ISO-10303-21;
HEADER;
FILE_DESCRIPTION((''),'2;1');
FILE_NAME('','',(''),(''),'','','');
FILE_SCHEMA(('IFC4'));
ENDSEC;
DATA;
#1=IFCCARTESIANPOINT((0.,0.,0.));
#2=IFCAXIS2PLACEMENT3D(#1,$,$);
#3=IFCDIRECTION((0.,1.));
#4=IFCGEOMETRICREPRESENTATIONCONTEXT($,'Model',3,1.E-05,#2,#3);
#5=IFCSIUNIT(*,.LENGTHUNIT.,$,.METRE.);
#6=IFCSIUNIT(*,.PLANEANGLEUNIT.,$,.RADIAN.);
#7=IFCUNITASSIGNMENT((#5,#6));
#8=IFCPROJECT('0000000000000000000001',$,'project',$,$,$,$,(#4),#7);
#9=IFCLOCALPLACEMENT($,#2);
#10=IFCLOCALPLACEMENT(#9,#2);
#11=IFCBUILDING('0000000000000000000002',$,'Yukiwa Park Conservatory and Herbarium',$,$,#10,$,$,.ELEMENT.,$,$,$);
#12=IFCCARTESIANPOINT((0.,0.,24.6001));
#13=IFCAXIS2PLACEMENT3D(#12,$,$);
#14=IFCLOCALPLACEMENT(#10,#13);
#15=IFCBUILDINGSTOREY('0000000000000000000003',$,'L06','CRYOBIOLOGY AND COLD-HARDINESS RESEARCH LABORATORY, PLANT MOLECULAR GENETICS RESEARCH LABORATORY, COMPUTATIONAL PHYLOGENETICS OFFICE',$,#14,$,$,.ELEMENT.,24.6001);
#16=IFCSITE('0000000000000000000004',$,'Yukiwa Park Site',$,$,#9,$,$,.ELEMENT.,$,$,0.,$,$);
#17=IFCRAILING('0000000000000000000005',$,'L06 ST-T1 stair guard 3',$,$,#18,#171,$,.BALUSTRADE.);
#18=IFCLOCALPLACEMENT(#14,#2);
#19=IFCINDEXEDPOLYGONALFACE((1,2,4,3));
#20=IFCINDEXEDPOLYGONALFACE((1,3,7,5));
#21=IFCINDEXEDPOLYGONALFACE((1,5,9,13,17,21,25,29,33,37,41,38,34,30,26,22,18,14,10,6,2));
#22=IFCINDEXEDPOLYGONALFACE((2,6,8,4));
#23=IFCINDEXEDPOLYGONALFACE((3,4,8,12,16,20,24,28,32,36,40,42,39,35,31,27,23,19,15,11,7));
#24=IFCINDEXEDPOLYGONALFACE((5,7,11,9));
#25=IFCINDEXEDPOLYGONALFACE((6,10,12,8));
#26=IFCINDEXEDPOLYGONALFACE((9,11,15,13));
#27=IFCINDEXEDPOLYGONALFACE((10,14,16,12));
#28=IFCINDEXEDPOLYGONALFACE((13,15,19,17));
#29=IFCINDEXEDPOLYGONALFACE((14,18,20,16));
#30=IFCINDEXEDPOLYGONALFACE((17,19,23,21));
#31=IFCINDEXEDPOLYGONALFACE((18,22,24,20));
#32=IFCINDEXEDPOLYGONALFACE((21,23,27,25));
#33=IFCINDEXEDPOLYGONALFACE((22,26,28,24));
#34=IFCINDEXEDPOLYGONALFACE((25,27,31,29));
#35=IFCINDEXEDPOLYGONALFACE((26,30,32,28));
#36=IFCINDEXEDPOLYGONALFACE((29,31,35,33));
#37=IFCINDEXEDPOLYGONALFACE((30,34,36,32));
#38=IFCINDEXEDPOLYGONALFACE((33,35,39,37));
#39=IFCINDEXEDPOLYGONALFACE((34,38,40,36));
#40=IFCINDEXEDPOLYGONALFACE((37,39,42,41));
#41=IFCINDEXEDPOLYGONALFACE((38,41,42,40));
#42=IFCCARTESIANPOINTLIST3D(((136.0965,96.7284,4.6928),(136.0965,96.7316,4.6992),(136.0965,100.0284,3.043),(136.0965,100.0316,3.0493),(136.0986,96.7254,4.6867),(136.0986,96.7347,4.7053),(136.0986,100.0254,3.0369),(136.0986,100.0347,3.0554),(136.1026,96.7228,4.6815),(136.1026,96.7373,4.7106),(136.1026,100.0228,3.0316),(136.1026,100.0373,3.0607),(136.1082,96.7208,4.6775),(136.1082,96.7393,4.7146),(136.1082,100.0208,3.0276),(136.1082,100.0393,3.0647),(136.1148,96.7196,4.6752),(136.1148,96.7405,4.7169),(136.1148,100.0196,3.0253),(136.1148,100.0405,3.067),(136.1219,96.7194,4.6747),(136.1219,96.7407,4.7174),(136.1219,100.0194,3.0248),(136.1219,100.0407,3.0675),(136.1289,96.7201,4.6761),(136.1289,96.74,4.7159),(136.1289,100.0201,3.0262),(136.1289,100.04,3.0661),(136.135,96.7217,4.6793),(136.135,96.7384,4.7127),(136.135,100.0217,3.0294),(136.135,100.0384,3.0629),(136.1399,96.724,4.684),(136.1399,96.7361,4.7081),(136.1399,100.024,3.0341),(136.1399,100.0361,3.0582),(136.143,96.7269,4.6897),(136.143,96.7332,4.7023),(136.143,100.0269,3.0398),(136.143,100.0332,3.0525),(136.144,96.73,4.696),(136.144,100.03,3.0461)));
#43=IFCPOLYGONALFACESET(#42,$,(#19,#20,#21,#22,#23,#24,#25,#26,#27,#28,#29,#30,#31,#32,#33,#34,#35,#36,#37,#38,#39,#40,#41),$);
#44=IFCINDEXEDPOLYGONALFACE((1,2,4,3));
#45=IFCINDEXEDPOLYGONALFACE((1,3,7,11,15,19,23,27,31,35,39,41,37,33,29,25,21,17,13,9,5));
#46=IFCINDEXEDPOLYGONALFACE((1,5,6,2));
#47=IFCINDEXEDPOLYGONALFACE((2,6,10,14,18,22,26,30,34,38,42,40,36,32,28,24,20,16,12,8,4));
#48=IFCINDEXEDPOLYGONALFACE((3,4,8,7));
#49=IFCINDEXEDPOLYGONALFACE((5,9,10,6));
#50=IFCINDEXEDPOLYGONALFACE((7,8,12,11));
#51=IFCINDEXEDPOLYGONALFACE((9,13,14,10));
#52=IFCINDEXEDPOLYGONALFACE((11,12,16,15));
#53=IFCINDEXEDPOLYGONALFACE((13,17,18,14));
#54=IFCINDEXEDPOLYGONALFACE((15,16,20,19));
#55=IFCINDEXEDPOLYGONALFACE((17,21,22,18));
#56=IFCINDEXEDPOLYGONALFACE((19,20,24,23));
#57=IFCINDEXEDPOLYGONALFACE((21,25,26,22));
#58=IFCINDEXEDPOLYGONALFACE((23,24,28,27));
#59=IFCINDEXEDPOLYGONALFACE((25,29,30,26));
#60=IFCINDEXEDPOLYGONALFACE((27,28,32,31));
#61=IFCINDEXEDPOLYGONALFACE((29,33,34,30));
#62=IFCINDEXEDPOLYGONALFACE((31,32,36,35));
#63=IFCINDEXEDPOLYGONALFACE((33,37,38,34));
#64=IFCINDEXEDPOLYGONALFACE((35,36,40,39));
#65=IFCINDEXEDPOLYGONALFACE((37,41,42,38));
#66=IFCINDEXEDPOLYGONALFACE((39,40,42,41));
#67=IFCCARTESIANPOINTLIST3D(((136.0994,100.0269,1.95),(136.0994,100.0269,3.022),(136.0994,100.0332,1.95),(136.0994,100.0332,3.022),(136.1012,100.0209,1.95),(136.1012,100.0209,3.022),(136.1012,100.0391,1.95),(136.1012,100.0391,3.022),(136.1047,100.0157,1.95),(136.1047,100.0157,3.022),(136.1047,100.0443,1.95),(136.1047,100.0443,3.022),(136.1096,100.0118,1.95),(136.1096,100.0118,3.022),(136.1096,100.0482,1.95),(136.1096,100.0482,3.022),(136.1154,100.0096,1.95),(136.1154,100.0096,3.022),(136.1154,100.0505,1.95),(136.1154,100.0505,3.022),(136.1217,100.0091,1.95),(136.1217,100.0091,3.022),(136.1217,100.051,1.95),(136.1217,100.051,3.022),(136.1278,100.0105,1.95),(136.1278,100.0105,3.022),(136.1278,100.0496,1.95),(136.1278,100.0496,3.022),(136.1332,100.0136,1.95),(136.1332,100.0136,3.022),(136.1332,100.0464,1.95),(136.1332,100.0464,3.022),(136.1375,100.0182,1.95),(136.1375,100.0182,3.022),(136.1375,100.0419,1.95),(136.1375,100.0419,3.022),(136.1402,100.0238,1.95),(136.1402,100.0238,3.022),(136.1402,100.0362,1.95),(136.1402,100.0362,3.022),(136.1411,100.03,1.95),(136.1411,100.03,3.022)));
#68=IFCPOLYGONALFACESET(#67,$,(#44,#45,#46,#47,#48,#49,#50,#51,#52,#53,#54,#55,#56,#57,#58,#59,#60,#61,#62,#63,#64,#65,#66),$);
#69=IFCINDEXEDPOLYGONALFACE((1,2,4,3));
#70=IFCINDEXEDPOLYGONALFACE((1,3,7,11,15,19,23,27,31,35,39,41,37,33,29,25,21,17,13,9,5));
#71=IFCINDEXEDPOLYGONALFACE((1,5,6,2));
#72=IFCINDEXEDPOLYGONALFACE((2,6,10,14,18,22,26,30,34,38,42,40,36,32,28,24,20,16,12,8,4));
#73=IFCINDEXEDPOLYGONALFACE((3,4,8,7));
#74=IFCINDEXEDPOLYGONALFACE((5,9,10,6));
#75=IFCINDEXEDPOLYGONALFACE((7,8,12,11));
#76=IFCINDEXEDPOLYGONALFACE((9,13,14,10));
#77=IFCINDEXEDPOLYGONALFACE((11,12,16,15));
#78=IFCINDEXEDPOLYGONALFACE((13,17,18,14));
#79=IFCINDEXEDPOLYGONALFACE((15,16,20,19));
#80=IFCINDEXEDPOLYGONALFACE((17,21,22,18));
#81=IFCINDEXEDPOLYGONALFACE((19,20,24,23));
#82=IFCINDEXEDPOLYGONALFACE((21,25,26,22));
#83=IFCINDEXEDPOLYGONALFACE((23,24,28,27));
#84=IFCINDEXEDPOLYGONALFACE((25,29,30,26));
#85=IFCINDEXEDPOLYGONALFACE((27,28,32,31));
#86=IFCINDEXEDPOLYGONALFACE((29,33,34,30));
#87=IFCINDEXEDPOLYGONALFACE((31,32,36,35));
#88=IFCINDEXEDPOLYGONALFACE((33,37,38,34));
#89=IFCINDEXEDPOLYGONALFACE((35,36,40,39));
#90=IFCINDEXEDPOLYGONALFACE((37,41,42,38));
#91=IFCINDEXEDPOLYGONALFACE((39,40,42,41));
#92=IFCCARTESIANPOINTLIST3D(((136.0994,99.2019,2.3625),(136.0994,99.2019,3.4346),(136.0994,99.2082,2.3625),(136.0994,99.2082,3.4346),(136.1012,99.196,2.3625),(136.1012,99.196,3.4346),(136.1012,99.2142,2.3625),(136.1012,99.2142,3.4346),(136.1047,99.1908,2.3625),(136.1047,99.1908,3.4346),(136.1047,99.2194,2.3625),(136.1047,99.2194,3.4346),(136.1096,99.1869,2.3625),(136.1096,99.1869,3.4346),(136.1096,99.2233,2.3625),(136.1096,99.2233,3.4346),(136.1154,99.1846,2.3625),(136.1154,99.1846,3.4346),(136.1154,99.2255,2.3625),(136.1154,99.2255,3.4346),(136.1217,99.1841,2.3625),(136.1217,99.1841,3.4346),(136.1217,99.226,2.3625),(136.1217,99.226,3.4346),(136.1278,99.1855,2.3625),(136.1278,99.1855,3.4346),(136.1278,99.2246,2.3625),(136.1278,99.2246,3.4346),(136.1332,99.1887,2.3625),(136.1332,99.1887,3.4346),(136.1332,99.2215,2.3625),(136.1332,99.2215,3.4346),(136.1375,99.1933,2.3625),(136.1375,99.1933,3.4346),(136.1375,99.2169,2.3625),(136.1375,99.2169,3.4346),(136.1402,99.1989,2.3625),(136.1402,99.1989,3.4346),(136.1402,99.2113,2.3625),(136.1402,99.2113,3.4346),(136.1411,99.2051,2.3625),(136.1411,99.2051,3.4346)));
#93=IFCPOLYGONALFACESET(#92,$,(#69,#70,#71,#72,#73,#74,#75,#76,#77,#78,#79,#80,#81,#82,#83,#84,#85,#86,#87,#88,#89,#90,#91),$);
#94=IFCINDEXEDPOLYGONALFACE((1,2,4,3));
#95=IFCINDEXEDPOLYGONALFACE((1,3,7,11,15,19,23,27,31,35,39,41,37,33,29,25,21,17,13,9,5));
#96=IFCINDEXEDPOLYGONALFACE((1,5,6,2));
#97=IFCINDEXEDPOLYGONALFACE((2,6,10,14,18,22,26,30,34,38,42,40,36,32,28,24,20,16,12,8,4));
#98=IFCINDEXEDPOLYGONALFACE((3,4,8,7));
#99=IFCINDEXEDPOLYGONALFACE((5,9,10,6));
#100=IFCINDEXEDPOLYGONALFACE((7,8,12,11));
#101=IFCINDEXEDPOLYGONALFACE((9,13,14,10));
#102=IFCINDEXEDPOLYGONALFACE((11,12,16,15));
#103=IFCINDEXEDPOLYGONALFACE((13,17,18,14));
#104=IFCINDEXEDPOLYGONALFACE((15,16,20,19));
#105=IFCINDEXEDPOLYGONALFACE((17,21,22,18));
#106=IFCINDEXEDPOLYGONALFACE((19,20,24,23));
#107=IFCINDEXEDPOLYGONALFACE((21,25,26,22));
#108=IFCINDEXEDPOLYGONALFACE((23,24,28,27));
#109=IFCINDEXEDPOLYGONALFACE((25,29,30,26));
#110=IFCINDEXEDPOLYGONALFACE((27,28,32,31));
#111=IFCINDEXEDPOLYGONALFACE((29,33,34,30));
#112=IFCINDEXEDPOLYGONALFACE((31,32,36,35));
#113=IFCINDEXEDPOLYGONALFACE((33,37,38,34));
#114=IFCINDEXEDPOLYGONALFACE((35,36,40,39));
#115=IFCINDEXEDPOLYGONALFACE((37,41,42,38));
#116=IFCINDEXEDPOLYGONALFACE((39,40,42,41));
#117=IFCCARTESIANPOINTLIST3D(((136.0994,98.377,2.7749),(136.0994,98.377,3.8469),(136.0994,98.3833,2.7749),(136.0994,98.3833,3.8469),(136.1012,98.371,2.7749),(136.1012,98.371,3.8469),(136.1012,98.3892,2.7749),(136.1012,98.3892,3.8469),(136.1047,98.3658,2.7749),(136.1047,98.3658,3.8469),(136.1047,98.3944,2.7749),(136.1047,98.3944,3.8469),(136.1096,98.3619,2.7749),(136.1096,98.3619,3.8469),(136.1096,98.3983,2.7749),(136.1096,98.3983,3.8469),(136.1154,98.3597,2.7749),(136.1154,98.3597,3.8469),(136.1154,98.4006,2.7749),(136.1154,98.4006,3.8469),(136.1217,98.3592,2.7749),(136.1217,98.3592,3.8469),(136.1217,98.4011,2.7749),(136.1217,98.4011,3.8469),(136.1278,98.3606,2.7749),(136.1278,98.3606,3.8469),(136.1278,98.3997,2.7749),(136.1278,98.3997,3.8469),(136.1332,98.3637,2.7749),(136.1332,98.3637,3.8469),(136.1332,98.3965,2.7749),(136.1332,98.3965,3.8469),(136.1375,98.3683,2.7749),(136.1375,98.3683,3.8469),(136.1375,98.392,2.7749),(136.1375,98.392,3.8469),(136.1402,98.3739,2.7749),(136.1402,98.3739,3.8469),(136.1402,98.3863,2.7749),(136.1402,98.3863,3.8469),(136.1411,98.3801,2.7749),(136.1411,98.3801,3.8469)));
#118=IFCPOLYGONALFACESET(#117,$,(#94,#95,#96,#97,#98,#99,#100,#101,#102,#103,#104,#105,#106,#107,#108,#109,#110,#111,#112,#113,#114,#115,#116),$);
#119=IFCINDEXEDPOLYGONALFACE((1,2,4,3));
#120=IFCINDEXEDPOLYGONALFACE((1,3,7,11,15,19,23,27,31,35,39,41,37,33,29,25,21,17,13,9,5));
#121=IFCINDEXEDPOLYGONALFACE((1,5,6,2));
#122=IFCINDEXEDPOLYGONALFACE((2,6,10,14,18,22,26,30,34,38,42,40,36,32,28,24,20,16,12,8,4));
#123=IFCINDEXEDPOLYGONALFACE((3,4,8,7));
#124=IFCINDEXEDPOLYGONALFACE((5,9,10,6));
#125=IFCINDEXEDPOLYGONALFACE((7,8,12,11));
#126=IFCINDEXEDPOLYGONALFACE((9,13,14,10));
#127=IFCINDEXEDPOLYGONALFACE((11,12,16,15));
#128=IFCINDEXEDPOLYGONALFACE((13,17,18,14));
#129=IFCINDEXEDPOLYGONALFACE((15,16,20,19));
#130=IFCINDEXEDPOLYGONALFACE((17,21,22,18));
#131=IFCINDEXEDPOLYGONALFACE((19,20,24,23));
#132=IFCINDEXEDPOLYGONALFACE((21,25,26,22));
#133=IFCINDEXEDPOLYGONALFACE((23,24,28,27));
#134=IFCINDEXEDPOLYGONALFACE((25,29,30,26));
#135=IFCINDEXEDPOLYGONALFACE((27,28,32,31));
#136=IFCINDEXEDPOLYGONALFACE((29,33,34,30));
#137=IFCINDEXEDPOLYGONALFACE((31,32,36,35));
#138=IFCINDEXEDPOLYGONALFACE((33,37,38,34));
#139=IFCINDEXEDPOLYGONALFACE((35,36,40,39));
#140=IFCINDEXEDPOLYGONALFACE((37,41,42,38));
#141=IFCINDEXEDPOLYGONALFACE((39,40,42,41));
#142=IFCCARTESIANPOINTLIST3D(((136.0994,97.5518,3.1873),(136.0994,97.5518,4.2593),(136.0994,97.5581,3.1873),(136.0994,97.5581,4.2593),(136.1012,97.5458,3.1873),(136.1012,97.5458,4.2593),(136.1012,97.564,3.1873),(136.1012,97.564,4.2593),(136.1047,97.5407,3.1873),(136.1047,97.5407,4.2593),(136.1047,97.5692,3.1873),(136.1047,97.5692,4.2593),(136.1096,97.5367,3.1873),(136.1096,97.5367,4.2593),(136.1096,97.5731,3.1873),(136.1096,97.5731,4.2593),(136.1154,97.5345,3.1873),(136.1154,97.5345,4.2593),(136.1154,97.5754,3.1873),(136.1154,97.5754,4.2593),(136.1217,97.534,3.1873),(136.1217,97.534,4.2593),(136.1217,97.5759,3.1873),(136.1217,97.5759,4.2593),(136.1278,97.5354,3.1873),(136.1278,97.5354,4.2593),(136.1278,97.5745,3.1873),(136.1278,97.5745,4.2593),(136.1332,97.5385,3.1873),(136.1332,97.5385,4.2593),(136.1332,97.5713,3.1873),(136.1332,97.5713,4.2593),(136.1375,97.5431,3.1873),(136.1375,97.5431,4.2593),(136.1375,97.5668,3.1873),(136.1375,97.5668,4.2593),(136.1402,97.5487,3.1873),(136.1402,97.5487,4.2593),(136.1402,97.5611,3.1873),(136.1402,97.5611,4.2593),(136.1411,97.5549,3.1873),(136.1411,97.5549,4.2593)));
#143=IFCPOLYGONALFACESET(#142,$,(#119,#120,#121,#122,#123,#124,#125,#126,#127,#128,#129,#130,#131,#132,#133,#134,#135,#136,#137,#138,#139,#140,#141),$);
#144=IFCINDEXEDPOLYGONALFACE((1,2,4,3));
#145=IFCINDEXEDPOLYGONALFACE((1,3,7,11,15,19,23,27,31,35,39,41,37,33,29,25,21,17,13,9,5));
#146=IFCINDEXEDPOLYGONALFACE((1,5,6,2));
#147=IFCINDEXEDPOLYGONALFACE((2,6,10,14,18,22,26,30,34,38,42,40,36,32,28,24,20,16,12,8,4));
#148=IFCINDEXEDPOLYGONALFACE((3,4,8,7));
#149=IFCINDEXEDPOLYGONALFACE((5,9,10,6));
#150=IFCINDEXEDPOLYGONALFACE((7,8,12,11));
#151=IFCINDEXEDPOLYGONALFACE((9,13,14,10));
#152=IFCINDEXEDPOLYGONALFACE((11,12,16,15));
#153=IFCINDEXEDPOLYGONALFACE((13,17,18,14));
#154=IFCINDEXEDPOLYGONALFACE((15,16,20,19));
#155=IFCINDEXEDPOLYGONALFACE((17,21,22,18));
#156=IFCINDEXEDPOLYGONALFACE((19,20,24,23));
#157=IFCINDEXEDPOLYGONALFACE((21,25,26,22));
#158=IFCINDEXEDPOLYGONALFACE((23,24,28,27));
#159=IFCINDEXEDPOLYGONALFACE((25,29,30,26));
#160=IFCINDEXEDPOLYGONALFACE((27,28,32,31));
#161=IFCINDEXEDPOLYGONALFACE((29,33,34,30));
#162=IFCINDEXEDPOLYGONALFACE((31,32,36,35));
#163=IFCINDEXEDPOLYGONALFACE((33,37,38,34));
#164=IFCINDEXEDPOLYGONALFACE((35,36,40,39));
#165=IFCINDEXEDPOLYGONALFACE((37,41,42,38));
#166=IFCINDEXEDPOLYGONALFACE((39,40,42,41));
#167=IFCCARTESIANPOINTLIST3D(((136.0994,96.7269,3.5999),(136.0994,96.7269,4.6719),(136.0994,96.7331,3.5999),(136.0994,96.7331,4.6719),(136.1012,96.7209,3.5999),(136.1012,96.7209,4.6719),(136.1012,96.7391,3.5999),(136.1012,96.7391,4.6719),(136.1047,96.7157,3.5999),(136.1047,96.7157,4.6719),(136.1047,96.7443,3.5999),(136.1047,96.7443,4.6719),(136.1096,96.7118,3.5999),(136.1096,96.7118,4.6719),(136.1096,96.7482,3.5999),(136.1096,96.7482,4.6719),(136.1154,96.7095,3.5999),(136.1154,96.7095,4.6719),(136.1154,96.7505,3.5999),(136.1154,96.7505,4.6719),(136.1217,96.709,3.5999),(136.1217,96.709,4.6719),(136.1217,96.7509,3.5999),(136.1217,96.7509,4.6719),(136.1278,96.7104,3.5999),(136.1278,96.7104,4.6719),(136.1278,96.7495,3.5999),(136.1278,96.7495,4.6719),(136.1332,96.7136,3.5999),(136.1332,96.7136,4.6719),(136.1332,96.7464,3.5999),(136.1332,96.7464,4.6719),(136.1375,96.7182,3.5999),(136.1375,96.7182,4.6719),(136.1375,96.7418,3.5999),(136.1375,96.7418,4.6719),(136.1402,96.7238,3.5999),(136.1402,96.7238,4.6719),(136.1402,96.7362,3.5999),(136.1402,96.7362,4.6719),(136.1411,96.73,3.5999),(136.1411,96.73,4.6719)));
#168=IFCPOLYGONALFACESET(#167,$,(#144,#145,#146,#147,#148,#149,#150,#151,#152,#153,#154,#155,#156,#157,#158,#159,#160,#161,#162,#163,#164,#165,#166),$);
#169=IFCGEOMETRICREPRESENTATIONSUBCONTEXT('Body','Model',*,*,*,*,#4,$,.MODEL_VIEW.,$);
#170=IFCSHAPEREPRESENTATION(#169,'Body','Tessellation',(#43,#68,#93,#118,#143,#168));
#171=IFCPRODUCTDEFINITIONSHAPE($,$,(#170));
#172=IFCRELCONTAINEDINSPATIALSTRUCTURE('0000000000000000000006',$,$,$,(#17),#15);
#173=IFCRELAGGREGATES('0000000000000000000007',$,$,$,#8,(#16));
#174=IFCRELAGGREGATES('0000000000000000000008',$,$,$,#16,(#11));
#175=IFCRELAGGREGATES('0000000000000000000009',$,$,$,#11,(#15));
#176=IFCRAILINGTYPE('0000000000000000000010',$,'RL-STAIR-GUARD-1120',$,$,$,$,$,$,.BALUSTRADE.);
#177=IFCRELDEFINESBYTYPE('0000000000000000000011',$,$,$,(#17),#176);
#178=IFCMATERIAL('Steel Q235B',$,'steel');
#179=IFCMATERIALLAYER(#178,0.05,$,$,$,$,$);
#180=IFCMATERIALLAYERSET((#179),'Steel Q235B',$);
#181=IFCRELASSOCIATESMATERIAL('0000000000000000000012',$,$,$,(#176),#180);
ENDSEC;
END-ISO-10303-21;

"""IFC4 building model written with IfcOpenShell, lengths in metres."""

from ifc_helpers import new_model, si_unit, direction, frame, origin, origin_2d, place, context, subcontext, project, spatial, circle, extrude, material, layer, layer_set, type_object, element, save


model = new_model("IFC4")

# Units and contexts
model_context = context("Model", 3, precision=1e-05, world=origin(), true_north=direction((0.0, 1.0)))
body_context = subcontext(model_context, "Body", "Model", "MODEL_VIEW")
ifc_project = project(units=[si_unit("LENGTHUNIT", "METRE"), si_unit("PLANEANGLEUNIT", "RADIAN")], contexts=[model_context])

# Site, building, storey
site_placement = place(None, origin())
site = spatial("IfcSite", under=ifc_project, at=site_placement, Name="Yukiwa Park Site", CompositionType="ELEMENT", RefElevation=0.0)
building_placement = place(site_placement, origin())
building = spatial("IfcBuilding", under=site, at=building_placement, Name="Yukiwa Park Conservatory and Herbarium", CompositionType="ELEMENT")
storey_placement = place(building_placement, frame((0.0, 0.0, 24.6001)))
storey = spatial("IfcBuildingStorey", under=building, at=storey_placement, Name="L06", Description="CRYOBIOLOGY AND COLD-HARDINESS RESEARCH LABORATORY, PLANT MOLECULAR GENETICS RESEARCH LABORATORY, COMPUTATIONAL PHYLOGENETICS OFFICE", CompositionType="ELEMENT", Elevation=24.6001)

# Railing
ifc_material_1 = material(Name="Steel Q235B", Category="steel")
ifc_layer_1 = layer(ifc_material_1, 0.05)
ifc_layer_set_1 = layer_set([ifc_layer_1], Name="Steel Q235B")
railing_type_1 = type_object("IfcRailingType", Name="RL-STAIR-GUARD-1120", PredefinedType="BALUSTRADE", material=ifc_layer_set_1)
railing_1_placement = place(storey_placement, frame((136.1201, 100.03, 1.95)))
element("IfcRailing", 1, at=railing_1_placement, inside=storey, type_object=railing_type_1, Name="L06 ST-T1 stair guard 3", PredefinedType="BALUSTRADE", context=body_context, shape_type="SweptSolid", body=[
    extrude(circle(Radius=0.0239, at=origin_2d()), frame((0.0, 0.0, 1.0962), z_axis=(0.0, -0.89444, 0.447187), x_axis=(1.0, 0.0, 0.0)), (0.0, 0.0, 1.0), 3.6895),
    extrude(circle(Radius=0.021, at=origin_2d()), origin(), (0.0, 0.0, 1.0), 1.072),
    extrude(circle(Radius=0.021, at=origin_2d()), frame((0.0, -0.825, 0.4126)), (0.0, 0.0, 1.0), 1.072),
    extrude(circle(Radius=0.021, at=origin_2d()), frame((0.0, -1.6499, 0.825)), (0.0, 0.0, 1.0), 1.072),
    extrude(circle(Radius=0.021, at=origin_2d()), frame((0.0, -2.4751, 1.2373)), (0.0, 0.0, 1.0), 1.072),
    extrude(circle(Radius=0.021, at=origin_2d()), frame((0.0, -3.3, 1.6499)), (0.0, 0.0, 1.0), 1.072),
])

save(model, "model.ifc")
